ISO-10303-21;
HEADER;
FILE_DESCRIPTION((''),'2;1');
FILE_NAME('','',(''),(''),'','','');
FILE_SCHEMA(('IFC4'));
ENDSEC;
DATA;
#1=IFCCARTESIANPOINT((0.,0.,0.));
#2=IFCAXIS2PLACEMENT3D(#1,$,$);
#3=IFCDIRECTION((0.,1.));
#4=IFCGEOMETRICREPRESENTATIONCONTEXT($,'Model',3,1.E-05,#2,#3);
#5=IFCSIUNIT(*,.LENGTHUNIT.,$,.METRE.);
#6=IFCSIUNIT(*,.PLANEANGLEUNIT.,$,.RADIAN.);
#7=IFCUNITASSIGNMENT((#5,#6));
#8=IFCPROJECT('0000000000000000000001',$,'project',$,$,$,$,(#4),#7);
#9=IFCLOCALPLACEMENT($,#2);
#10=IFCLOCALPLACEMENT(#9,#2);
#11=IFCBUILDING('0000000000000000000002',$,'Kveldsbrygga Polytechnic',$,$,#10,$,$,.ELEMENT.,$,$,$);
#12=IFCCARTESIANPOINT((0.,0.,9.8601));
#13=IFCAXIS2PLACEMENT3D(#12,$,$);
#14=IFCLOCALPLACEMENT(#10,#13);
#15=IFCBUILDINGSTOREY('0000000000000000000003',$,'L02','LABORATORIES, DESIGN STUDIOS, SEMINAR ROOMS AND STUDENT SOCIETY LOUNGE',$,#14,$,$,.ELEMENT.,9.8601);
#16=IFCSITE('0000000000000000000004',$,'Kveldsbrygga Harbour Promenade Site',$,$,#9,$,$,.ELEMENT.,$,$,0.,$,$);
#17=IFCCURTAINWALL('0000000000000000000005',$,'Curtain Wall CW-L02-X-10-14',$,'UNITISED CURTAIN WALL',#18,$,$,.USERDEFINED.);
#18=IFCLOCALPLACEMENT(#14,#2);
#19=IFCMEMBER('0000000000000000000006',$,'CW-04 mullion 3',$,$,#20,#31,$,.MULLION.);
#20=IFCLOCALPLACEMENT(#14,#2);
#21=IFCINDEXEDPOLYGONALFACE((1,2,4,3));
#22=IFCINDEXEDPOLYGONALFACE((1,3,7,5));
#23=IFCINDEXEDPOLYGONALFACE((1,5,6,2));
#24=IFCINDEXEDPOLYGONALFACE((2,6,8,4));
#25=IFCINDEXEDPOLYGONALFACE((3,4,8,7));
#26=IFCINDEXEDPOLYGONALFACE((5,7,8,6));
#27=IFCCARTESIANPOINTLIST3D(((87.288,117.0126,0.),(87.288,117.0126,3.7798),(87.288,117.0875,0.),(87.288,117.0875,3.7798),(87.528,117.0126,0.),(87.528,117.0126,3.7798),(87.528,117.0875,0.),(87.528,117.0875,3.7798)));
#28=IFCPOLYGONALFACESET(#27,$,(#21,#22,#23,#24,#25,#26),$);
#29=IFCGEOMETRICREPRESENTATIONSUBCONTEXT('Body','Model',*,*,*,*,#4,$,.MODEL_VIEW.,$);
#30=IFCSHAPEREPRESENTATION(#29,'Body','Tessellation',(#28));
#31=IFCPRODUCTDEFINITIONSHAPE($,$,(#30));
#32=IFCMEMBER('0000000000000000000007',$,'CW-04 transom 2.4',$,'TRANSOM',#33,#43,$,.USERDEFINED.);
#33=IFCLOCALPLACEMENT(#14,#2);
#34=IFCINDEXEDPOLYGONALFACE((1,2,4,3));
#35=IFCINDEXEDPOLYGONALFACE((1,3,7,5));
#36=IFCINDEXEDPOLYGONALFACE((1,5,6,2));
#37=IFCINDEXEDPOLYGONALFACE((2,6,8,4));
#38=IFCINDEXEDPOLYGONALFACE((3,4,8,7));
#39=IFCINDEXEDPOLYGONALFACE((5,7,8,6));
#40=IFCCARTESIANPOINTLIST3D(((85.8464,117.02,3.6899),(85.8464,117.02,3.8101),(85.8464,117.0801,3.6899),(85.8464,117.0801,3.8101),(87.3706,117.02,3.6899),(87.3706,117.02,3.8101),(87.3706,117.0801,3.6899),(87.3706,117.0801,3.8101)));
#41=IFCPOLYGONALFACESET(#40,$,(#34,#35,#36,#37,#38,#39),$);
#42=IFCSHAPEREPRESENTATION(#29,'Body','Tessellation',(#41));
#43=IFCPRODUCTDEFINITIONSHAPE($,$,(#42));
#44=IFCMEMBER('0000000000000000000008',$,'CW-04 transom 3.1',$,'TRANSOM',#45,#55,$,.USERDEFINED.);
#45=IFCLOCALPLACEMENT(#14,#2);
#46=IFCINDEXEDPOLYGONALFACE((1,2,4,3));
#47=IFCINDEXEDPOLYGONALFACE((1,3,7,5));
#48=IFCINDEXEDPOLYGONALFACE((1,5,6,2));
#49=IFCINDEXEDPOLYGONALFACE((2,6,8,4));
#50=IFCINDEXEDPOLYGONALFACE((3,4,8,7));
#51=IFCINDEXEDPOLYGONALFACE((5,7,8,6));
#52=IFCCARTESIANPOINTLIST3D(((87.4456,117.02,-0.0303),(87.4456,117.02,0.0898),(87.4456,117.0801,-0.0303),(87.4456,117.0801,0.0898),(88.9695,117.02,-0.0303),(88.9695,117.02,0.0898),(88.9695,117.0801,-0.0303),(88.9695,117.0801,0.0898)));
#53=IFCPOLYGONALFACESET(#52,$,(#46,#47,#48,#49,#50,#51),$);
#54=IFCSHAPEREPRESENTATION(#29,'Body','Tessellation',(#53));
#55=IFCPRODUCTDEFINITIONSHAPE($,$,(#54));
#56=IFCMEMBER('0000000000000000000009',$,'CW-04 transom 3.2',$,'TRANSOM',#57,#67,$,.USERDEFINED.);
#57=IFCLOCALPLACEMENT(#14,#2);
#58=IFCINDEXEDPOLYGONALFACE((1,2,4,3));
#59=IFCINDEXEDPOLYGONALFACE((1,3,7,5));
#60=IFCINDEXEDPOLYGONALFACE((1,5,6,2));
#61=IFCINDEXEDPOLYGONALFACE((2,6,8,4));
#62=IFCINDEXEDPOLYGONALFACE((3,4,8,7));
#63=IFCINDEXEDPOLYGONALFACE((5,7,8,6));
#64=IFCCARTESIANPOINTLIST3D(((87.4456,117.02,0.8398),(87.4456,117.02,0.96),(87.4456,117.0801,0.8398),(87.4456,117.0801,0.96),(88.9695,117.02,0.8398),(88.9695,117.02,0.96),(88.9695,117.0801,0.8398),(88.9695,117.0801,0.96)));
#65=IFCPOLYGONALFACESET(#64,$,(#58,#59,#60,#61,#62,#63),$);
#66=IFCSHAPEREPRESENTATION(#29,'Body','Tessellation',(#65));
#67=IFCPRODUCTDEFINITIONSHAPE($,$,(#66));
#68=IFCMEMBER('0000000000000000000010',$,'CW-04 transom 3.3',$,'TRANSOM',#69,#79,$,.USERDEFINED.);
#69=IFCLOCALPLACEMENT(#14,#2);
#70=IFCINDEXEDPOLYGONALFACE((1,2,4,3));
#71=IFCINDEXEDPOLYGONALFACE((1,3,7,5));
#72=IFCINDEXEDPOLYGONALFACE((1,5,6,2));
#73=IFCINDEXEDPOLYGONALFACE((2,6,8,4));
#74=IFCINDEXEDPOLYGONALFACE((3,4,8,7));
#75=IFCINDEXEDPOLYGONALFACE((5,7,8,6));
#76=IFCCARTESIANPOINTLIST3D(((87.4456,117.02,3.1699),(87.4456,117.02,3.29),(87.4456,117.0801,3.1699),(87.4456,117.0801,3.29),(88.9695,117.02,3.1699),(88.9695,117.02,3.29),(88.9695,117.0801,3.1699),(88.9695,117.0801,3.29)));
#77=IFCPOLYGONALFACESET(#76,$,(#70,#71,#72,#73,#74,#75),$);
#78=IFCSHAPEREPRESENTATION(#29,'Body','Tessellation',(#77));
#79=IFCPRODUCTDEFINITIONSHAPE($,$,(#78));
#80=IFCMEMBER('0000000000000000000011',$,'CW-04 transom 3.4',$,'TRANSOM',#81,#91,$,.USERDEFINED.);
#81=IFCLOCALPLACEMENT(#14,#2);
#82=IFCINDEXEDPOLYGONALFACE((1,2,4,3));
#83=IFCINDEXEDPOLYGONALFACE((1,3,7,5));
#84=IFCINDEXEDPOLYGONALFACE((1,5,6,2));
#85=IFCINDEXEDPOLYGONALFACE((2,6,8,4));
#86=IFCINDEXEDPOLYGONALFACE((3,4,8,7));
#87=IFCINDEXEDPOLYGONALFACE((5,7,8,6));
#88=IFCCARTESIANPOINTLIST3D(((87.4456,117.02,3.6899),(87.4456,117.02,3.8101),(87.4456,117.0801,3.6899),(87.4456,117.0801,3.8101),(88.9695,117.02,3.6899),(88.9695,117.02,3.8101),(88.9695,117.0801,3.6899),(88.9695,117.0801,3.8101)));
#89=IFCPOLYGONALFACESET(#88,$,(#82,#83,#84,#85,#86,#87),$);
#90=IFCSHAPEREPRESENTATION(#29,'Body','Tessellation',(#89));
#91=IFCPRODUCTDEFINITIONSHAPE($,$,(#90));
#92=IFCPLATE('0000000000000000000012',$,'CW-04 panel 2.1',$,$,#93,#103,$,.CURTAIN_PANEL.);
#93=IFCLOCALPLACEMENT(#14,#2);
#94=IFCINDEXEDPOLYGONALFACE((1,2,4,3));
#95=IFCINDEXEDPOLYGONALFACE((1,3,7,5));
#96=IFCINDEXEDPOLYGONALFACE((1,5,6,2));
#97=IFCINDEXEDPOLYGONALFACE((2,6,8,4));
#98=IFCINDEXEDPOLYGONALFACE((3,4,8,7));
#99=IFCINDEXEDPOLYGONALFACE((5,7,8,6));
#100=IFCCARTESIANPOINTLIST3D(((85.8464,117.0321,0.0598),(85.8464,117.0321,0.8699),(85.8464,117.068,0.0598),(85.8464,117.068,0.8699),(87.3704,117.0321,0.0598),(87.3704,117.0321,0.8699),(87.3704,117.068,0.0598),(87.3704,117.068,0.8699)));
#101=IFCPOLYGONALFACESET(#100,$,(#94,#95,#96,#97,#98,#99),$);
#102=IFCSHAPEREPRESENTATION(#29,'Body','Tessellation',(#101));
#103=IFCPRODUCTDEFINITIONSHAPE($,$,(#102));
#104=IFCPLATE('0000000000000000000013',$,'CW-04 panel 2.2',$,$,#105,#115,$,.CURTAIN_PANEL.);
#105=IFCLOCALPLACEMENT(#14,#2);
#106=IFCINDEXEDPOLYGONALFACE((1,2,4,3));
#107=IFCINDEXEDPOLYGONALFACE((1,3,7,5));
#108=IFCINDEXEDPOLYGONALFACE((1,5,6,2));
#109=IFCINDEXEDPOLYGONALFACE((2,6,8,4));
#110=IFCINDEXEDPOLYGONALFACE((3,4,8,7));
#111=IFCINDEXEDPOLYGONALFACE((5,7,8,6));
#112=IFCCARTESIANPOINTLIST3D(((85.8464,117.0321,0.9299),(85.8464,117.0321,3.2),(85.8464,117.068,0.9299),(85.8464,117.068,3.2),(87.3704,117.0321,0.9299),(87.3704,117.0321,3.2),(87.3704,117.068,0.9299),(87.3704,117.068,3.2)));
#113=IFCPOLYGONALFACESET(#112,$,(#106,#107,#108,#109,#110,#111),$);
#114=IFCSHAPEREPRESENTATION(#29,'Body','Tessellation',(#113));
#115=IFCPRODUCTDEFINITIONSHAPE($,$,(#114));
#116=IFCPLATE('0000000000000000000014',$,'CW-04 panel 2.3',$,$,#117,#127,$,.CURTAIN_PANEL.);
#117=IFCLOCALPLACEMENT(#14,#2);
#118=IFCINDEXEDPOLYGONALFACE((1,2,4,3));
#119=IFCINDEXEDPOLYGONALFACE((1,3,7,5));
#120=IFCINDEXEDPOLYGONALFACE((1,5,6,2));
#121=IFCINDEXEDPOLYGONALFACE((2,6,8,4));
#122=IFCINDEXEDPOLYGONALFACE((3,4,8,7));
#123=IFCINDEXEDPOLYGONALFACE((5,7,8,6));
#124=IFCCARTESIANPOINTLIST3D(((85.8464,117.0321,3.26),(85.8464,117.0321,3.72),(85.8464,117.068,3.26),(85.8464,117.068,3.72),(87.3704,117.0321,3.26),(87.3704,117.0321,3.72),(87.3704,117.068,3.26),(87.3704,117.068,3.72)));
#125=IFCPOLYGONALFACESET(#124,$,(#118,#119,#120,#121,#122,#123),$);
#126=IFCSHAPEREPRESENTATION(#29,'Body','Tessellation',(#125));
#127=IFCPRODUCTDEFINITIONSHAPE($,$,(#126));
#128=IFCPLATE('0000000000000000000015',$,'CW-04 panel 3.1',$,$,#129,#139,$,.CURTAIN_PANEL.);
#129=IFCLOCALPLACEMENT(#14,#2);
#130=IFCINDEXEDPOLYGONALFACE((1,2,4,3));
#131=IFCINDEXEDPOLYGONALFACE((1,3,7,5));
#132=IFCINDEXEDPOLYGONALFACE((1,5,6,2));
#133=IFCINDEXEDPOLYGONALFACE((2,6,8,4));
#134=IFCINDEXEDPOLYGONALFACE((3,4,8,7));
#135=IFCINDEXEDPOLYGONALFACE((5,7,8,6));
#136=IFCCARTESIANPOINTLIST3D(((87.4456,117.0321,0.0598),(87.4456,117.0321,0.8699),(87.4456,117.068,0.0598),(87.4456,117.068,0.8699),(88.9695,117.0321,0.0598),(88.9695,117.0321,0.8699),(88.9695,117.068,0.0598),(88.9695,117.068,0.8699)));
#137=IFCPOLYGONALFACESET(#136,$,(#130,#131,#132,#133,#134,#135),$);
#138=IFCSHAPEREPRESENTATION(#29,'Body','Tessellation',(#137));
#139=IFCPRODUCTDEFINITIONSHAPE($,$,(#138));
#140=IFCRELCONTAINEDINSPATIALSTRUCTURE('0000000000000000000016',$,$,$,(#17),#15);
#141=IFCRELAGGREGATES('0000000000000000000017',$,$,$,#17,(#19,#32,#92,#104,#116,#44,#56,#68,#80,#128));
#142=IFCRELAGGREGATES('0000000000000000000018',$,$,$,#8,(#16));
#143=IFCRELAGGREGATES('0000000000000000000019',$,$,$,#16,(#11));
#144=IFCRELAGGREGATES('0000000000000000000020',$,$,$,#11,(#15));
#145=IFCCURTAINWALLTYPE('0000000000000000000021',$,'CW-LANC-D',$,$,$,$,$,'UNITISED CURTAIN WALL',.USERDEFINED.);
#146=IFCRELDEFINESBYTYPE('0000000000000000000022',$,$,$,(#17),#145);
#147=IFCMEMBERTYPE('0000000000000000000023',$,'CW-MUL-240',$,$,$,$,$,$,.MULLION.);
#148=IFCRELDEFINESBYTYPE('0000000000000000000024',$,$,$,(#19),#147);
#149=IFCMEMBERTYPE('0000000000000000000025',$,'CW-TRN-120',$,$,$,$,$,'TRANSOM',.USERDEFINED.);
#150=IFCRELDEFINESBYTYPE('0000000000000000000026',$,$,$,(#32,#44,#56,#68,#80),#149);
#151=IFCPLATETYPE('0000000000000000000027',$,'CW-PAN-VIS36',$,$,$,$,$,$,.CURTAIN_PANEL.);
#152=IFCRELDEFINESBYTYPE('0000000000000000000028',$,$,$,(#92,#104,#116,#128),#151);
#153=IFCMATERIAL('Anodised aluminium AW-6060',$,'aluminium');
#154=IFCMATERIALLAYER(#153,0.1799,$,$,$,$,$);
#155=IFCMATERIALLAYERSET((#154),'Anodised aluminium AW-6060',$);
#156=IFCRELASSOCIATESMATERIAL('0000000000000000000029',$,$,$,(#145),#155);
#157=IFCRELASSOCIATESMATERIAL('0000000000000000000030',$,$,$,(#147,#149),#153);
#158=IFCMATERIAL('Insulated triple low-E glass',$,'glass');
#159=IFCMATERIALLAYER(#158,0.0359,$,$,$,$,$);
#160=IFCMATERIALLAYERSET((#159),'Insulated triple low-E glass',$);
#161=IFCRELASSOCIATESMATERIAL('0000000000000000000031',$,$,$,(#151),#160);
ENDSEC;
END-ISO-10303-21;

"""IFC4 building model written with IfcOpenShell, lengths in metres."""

from ifc_helpers import new_model, si_unit, direction, frame, origin, origin_2d, place, context, subcontext, project, spatial, rectangle, extrude, material, layer, layer_set, material_profile, profile_set, type_object, element, aggregate, save


model = new_model("IFC4")

# Units and contexts
model_context = context("Model", 3, precision=1e-05, world=origin(), true_north=direction((0.0, 1.0)))
body_context = subcontext(model_context, "Body", "Model", "MODEL_VIEW")
ifc_project = project(units=[si_unit("LENGTHUNIT", "METRE"), si_unit("PLANEANGLEUNIT", "RADIAN")], contexts=[model_context])

# Site, building, storey
site_placement = place(None, origin())
site = spatial("IfcSite", under=ifc_project, at=site_placement, Name="Kveldsbrygga Harbour Promenade Site", CompositionType="ELEMENT", RefElevation=0.0)
building_placement = place(site_placement, origin())
building = spatial("IfcBuilding", under=site, at=building_placement, Name="Kveldsbrygga Polytechnic", CompositionType="ELEMENT")
storey_placement = place(building_placement, frame((0.0, 0.0, 9.8601)))
storey = spatial("IfcBuildingStorey", under=building, at=storey_placement, Name="L02", Description="LABORATORIES, DESIGN STUDIOS, SEMINAR ROOMS AND STUDENT SOCIETY LOUNGE", CompositionType="ELEMENT", Elevation=9.8601)

# Curtain wall, members, plates
ifc_material_1 = material(Name="Anodised aluminium AW-6060", Category="aluminium")
ifc_layer_1 = layer(ifc_material_1, 0.1799)
ifc_layer_set_1 = layer_set([ifc_layer_1], Name="Anodised aluminium AW-6060")
curtain_wall_type = type_object("IfcCurtainWallType", Name="CW-LANC-D", ElementType="UNITISED CURTAIN WALL", PredefinedType="USERDEFINED", material=ifc_layer_set_1)
curtain_wall_placement = place(storey_placement, origin())
curtain_wall = element("IfcCurtainWall", 1, at=curtain_wall_placement, inside=storey, type_object=curtain_wall_type, Name="Curtain Wall CW-L02-X-10-14", ObjectType="UNITISED CURTAIN WALL", PredefinedType="USERDEFINED")
ifc_material_profile_1 = material_profile(ifc_material_1, rectangle(XDim=0.075, YDim=0.24, at=origin_2d()), Name="ALU 75x240")
ifc_profile_set_1 = profile_set([ifc_material_profile_1], Name="Anodised aluminium AW-6060")
member_type_1 = type_object("IfcMemberType", Name="CW-MUL-240", PredefinedType="MULLION", material=ifc_profile_set_1)
member_1_placement = place(storey_placement, frame((87.408, 117.05, 0.0), z_axis=(0.0, 0.0, 1.0), x_axis=(0.0, 1.0, 0.0)))
member_1 = element("IfcMember", 2, at=member_1_placement, type_object=member_type_1, Name="CW-04 mullion 3", PredefinedType="MULLION", context=body_context, shape_type="SweptSolid", body=[
    extrude(rectangle(XDim=0.075, YDim=0.24, at=origin_2d()), origin(), (0.0, 0.0, 1.0), 3.7798),
])
ifc_material_profile_2 = material_profile(ifc_material_1, rectangle(XDim=0.0601, YDim=0.1201, at=origin_2d()), Name="ALU 60x120")
ifc_profile_set_2 = profile_set([ifc_material_profile_2], Name="Anodised aluminium AW-6060")
member_type_2 = type_object("IfcMemberType", Name="CW-TRN-120", ElementType="TRANSOM", PredefinedType="USERDEFINED", material=ifc_profile_set_2)
member_2_placement = place(storey_placement, frame((85.8464, 117.05, 3.75), z_axis=(1.0, 0.0, 0.0), x_axis=(0.0, 1.0, 0.0)))
member_2 = element("IfcMember", 3, at=member_2_placement, type_object=member_type_2, Name="CW-04 transom 2.4", ObjectType="TRANSOM", PredefinedType="USERDEFINED", context=body_context, shape_type="SweptSolid", body=[
    extrude(rectangle(XDim=0.0601, YDim=0.1201, at=origin_2d()), origin(), (0.0, 0.0, 1.0), 1.5242),
])
member_3_placement = place(storey_placement, frame((87.4456, 117.05, 0.0298), z_axis=(1.0, 0.0, 0.0), x_axis=(0.0, 1.0, 0.0)))
member_3 = element("IfcMember", 4, at=member_3_placement, type_object=member_type_2, Name="CW-04 transom 3.1", ObjectType="TRANSOM", PredefinedType="USERDEFINED", context=body_context, shape_type="SweptSolid", body=[
    extrude(rectangle(XDim=0.0601, YDim=0.1201, at=origin_2d()), origin(), (0.0, 0.0, 1.0), 1.5239),
])
member_4_placement = place(storey_placement, frame((87.4456, 117.05, 0.8999), z_axis=(1.0, 0.0, 0.0), x_axis=(0.0, 1.0, 0.0)))
member_4 = element("IfcMember", 5, at=member_4_placement, type_object=member_type_2, Name="CW-04 transom 3.2", ObjectType="TRANSOM", PredefinedType="USERDEFINED", context=body_context, shape_type="SweptSolid", body=[
    extrude(rectangle(XDim=0.0601, YDim=0.1201, at=origin_2d()), origin(), (0.0, 0.0, 1.0), 1.5239),
])
member_5_placement = place(storey_placement, frame((87.4456, 117.05, 3.23), z_axis=(1.0, 0.0, 0.0), x_axis=(0.0, 1.0, 0.0)))
member_5 = element("IfcMember", 6, at=member_5_placement, type_object=member_type_2, Name="CW-04 transom 3.3", ObjectType="TRANSOM", PredefinedType="USERDEFINED", context=body_context, shape_type="SweptSolid", body=[
    extrude(rectangle(XDim=0.0601, YDim=0.1201, at=origin_2d()), origin(), (0.0, 0.0, 1.0), 1.5239),
])
member_6_placement = place(storey_placement, frame((87.4456, 117.05, 3.75), z_axis=(1.0, 0.0, 0.0), x_axis=(0.0, 1.0, 0.0)))
member_6 = element("IfcMember", 7, at=member_6_placement, type_object=member_type_2, Name="CW-04 transom 3.4", ObjectType="TRANSOM", PredefinedType="USERDEFINED", context=body_context, shape_type="SweptSolid", body=[
    extrude(rectangle(XDim=0.0601, YDim=0.1201, at=origin_2d()), origin(), (0.0, 0.0, 1.0), 1.5239),
])
ifc_material_2 = material(Name="Insulated triple low-E glass", Category="glass")
ifc_layer_2 = layer(ifc_material_2, 0.0359)
ifc_layer_set_2 = layer_set([ifc_layer_2], Name="Insulated triple low-E glass")
plate_type = type_object("IfcPlateType", Name="CW-PAN-VIS36", PredefinedType="CURTAIN_PANEL", material=ifc_layer_set_2)
plate_1_placement = place(storey_placement, frame((86.6084, 117.05, 0.0598), z_axis=(0.0, 0.0, 1.0), x_axis=(1.0, 0.0, 0.0)))
plate_1 = element("IfcPlate", 8, at=plate_1_placement, type_object=plate_type, Name="CW-04 panel 2.1", PredefinedType="CURTAIN_PANEL", context=body_context, shape_type="SweptSolid", body=[
    extrude(rectangle(XDim=1.5239, YDim=0.0359, at=origin_2d()), origin(), (0.0, 0.0, 1.0), 0.8101),
])
plate_2_placement = place(storey_placement, frame((86.6084, 117.05, 0.9299), z_axis=(0.0, 0.0, 1.0), x_axis=(1.0, 0.0, 0.0)))
plate_2 = element("IfcPlate", 9, at=plate_2_placement, type_object=plate_type, Name="CW-04 panel 2.2", PredefinedType="CURTAIN_PANEL", context=body_context, shape_type="SweptSolid", body=[
    extrude(rectangle(XDim=1.5239, YDim=0.0359, at=origin_2d()), origin(), (0.0, 0.0, 1.0), 2.27),
])
plate_3_placement = place(storey_placement, frame((86.6084, 117.05, 3.26), z_axis=(0.0, 0.0, 1.0), x_axis=(1.0, 0.0, 0.0)))
plate_3 = element("IfcPlate", 10, at=plate_3_placement, type_object=plate_type, Name="CW-04 panel 2.3", PredefinedType="CURTAIN_PANEL", context=body_context, shape_type="SweptSolid", body=[
    extrude(rectangle(XDim=1.5239, YDim=0.0359, at=origin_2d()), origin(), (0.0, 0.0, 1.0), 0.46),
])
plate_4_placement = place(storey_placement, frame((88.2075, 117.05, 0.0598), z_axis=(0.0, 0.0, 1.0), x_axis=(1.0, 0.0, 0.0)))
plate_4 = element("IfcPlate", 11, at=plate_4_placement, type_object=plate_type, Name="CW-04 panel 3.1", PredefinedType="CURTAIN_PANEL", context=body_context, shape_type="SweptSolid", body=[
    extrude(rectangle(XDim=1.5239, YDim=0.0359, at=origin_2d()), origin(), (0.0, 0.0, 1.0), 0.8101),
])
aggregate(curtain_wall, [member_1, member_2, plate_1, plate_2, plate_3, member_3, member_4, member_5, member_6, plate_4])

save(model, "model.ifc")
